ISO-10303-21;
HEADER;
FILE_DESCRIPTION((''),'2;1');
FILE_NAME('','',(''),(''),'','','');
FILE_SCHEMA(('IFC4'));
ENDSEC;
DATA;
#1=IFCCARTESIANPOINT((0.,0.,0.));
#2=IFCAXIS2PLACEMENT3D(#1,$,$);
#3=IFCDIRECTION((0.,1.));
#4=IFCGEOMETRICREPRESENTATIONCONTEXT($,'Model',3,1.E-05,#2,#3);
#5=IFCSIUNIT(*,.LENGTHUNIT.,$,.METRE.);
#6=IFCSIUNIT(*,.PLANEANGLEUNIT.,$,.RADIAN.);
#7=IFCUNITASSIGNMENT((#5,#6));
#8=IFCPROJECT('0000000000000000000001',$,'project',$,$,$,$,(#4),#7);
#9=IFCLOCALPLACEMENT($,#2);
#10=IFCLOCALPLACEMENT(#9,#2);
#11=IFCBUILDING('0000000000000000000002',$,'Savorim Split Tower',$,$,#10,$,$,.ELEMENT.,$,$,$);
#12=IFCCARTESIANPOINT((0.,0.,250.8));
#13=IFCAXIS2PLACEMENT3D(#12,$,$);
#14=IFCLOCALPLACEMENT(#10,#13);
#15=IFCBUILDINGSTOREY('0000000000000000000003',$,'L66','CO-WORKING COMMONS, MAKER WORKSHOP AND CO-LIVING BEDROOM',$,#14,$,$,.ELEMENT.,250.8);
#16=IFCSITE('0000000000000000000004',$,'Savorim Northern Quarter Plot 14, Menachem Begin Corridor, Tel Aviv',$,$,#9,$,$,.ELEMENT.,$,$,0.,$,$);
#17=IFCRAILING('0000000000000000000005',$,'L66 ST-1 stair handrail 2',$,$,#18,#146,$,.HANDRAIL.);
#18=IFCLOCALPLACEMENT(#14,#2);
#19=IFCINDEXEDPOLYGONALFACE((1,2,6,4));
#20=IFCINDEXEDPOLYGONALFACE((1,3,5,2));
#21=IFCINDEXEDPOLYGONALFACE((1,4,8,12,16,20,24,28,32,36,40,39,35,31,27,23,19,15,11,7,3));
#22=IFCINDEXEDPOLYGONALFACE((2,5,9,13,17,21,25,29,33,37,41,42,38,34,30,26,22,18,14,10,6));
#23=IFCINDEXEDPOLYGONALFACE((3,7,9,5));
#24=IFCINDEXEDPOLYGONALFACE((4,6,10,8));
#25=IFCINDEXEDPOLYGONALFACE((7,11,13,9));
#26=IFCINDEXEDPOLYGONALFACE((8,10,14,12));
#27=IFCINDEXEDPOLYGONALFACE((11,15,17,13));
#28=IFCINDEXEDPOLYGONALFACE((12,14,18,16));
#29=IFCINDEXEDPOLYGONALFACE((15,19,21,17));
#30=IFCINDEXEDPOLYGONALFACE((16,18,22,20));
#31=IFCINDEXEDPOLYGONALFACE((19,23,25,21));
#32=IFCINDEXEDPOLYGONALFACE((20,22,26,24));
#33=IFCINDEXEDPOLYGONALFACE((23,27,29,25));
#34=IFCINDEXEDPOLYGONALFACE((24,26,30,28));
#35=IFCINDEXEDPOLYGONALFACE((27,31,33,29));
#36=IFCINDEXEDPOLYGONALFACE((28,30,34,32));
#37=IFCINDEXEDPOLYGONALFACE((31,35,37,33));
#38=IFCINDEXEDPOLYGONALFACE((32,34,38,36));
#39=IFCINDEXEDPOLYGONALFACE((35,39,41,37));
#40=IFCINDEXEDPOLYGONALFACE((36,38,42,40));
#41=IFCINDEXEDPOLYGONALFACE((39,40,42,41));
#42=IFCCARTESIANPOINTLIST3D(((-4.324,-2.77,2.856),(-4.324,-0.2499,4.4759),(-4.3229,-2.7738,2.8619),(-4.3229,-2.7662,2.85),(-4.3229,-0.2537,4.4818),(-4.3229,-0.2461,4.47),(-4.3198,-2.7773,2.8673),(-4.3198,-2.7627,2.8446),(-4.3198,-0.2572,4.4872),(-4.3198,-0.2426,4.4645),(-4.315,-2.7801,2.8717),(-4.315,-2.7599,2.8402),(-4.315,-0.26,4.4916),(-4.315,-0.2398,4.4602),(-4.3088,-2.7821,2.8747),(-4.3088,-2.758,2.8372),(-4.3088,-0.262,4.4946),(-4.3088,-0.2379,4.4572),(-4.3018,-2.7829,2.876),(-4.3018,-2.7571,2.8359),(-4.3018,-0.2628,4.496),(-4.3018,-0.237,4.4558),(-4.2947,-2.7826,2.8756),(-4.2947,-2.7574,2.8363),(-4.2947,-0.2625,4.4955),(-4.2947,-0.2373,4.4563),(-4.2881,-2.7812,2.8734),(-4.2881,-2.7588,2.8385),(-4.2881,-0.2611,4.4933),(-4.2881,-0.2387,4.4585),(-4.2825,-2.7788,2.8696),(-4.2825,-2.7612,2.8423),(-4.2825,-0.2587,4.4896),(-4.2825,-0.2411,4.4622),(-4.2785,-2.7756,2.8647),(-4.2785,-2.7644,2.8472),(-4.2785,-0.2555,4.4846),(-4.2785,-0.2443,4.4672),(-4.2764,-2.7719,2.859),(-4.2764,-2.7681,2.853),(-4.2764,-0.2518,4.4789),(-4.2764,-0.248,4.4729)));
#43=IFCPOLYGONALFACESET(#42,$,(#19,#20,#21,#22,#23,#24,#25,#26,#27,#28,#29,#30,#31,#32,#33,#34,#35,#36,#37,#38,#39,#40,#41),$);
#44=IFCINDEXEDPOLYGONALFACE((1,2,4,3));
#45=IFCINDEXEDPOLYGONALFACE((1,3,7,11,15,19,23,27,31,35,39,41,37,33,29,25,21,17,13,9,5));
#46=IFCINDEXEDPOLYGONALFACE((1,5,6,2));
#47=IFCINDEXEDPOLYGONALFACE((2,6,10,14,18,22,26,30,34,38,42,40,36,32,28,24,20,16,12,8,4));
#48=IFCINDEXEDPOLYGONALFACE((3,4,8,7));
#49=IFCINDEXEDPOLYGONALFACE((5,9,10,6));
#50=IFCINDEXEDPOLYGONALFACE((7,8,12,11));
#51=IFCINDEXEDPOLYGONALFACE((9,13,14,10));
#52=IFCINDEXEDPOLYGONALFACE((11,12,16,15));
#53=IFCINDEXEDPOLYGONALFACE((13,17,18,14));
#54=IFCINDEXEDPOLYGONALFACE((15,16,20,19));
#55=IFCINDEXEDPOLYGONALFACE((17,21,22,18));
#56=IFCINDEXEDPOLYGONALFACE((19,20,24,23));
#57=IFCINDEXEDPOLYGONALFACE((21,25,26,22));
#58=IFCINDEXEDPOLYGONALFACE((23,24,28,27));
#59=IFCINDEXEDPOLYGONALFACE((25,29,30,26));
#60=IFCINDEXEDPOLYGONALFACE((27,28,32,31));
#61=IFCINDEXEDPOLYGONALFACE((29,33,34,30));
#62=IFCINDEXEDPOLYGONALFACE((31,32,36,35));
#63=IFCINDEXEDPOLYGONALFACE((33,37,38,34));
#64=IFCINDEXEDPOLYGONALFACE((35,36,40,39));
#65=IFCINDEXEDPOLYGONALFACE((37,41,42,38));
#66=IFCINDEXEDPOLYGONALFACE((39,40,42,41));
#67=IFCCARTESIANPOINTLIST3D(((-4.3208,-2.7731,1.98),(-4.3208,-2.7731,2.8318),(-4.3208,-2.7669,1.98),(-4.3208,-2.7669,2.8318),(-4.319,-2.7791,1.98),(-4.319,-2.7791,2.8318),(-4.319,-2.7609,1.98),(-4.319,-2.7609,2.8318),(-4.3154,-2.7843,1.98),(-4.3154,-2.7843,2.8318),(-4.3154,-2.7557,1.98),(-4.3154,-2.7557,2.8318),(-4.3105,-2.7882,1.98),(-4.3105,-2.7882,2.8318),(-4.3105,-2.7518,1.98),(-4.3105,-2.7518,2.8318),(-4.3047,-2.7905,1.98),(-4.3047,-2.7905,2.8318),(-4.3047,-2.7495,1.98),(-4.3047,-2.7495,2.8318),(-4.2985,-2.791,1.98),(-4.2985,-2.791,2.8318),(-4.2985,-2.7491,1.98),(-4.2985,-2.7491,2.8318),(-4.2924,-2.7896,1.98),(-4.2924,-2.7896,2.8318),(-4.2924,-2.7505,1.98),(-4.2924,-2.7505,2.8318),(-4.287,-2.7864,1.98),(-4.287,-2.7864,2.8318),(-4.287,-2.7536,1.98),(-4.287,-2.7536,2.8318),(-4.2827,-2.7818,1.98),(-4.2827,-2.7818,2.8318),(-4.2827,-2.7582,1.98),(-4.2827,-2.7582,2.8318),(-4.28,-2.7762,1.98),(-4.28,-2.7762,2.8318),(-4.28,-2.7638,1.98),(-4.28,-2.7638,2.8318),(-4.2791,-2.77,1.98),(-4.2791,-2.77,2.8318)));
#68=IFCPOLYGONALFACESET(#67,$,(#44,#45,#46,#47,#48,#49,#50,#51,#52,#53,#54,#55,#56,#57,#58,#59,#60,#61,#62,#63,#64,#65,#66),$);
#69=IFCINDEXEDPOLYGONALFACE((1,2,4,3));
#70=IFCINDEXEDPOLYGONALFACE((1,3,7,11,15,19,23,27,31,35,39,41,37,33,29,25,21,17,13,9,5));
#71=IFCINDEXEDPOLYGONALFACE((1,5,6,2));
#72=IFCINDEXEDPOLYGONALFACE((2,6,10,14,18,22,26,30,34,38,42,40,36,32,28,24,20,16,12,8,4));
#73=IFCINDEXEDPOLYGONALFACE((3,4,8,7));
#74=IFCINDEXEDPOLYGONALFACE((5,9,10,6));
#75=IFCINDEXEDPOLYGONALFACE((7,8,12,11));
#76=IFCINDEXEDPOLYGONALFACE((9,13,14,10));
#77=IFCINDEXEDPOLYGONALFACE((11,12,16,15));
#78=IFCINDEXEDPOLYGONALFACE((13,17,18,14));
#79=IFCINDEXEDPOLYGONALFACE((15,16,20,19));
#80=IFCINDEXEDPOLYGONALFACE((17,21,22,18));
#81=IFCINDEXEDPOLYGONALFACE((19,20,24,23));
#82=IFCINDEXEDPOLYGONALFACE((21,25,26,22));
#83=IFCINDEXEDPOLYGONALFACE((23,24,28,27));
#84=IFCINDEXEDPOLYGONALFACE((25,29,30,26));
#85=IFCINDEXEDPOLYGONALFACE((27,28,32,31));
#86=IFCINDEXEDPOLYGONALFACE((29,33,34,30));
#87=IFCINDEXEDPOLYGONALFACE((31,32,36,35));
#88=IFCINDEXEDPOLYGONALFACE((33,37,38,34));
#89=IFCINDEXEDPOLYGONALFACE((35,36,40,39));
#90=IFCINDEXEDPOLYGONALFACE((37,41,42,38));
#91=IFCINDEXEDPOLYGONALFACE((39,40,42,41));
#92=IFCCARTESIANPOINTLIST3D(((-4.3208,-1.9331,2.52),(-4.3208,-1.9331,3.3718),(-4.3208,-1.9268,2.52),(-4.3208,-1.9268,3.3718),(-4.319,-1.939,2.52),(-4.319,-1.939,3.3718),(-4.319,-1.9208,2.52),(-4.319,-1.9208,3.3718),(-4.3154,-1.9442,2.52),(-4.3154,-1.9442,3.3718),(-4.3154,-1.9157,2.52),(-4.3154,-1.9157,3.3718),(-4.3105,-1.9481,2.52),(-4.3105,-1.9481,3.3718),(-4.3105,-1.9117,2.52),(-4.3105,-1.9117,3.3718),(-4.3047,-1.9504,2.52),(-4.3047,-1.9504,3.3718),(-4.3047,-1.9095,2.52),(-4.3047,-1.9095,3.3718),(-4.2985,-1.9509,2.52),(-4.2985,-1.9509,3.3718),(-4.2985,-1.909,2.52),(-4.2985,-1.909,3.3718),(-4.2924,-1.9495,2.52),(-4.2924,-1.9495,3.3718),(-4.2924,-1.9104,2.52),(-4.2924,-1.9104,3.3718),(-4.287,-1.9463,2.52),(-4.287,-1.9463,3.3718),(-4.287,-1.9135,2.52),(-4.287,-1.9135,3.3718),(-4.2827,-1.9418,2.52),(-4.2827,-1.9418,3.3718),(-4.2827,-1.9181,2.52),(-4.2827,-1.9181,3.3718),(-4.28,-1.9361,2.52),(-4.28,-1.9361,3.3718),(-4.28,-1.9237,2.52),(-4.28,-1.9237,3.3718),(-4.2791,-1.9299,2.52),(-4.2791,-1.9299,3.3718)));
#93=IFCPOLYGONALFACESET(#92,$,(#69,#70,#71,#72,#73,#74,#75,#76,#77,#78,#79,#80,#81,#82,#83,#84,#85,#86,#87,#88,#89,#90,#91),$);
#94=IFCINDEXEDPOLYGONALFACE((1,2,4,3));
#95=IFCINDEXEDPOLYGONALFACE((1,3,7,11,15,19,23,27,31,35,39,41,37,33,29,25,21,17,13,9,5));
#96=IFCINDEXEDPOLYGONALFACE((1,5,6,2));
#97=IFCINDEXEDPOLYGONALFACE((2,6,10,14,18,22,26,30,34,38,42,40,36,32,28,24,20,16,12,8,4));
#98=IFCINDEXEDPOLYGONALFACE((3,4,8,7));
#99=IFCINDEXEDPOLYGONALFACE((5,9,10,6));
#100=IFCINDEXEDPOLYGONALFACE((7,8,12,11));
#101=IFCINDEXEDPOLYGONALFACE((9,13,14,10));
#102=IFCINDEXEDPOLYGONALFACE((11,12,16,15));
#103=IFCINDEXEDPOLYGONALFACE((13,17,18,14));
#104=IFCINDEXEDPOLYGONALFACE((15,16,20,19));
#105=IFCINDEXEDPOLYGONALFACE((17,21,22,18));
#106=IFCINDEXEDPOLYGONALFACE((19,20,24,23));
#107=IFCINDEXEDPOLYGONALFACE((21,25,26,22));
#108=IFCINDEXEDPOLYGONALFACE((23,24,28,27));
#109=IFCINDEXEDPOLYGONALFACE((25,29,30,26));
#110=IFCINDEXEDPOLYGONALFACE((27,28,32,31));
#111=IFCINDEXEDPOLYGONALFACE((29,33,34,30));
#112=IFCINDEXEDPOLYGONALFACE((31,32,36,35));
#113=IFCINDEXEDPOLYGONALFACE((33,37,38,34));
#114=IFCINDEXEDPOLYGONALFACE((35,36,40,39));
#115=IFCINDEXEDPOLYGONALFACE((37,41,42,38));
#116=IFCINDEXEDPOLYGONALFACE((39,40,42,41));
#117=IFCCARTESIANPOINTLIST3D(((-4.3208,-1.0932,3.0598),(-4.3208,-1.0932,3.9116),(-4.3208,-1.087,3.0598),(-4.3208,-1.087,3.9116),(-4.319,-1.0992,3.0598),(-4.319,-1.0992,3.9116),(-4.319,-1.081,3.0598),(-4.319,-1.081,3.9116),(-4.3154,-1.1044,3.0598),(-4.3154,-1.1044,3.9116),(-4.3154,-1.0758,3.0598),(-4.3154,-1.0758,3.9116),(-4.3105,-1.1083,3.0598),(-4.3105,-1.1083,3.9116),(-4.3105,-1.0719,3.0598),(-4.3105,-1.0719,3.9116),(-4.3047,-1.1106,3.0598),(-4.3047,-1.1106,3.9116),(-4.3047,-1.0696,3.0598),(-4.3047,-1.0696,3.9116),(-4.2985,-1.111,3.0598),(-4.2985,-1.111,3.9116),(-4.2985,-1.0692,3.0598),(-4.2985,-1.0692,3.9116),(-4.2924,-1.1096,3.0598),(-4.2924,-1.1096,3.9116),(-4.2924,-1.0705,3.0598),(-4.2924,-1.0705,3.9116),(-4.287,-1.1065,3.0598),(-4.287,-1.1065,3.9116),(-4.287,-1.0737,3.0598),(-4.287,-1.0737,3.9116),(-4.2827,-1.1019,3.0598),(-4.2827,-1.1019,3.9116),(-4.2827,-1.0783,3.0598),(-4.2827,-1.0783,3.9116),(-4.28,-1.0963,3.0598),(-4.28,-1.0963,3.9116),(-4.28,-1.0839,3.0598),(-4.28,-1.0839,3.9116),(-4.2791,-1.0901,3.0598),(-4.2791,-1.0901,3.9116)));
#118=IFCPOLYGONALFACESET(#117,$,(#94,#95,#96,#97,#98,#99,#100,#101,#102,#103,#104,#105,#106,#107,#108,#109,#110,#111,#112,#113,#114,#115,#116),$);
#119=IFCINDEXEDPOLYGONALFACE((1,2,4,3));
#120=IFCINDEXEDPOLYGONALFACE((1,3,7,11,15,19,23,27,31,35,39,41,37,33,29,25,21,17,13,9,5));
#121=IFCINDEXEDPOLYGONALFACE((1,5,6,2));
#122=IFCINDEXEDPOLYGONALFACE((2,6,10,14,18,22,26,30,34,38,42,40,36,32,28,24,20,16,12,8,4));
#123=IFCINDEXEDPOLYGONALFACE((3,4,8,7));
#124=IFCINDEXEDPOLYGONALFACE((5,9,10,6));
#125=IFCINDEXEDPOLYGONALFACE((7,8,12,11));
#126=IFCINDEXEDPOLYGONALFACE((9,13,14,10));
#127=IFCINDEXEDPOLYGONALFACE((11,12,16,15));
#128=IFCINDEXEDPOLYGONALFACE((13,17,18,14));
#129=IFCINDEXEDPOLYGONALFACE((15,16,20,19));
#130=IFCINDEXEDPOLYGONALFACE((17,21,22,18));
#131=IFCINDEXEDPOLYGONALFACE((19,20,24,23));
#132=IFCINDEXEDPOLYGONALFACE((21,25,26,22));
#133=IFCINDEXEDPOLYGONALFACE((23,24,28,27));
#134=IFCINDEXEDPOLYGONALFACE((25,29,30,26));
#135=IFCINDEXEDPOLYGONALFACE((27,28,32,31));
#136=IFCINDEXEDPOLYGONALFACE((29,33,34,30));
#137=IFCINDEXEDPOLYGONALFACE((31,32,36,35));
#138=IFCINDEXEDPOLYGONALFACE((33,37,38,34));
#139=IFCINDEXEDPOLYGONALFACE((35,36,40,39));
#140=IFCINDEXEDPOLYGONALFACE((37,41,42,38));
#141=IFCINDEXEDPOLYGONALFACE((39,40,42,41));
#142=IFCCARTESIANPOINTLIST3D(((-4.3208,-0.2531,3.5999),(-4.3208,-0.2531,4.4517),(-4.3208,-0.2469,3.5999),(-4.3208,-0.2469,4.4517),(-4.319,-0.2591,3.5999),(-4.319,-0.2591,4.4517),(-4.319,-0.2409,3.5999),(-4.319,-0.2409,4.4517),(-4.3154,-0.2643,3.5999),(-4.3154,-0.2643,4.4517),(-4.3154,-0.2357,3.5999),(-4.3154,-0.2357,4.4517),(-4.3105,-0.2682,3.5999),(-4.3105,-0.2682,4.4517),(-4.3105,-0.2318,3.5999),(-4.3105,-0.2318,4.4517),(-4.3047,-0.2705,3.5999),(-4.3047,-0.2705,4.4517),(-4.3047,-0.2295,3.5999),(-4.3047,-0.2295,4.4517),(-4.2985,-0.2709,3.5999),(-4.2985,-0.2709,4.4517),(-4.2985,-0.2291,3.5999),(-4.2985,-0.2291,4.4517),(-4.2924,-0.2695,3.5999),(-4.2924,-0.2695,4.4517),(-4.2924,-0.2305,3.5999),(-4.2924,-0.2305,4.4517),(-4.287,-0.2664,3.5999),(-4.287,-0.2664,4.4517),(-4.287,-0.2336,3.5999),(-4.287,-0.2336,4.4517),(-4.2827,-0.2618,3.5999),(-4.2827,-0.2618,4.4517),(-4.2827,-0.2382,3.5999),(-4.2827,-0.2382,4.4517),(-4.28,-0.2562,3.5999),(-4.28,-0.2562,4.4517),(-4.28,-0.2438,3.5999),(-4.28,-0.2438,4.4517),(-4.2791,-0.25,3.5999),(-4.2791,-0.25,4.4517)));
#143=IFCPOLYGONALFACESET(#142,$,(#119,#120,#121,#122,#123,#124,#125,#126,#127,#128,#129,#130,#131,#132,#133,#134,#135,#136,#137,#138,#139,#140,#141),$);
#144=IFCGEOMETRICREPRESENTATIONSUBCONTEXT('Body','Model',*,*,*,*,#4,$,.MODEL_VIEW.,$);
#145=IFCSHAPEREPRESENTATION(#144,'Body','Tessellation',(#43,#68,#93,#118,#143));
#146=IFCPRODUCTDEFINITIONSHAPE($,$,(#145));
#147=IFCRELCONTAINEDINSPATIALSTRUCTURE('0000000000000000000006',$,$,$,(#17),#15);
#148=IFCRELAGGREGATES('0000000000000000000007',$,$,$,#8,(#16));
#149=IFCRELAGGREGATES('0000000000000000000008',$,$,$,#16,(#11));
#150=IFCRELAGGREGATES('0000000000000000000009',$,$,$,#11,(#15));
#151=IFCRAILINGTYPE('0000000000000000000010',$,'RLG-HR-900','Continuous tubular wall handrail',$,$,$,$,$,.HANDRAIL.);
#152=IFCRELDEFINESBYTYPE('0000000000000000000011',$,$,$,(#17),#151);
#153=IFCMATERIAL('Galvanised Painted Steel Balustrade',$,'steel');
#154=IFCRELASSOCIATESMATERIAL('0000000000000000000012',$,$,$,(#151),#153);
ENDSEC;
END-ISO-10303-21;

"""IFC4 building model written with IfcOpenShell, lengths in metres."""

from ifc_helpers import new_model, si_unit, direction, frame, origin, origin_2d, place, context, subcontext, project, spatial, circle, extrude, material, type_object, element, save


model = new_model("IFC4")

# Units and contexts
model_context = context("Model", 3, precision=1e-05, world=origin(), true_north=direction((0.0, 1.0)))
body_context = subcontext(model_context, "Body", "Model", "MODEL_VIEW")
ifc_project = project(units=[si_unit("LENGTHUNIT", "METRE"), si_unit("PLANEANGLEUNIT", "RADIAN")], contexts=[model_context])

# Site, building, storey
site_placement = place(None, origin())
site = spatial("IfcSite", under=ifc_project, at=site_placement, Name="Savorim Northern Quarter Plot 14, Menachem Begin Corridor, Tel Aviv", CompositionType="ELEMENT", RefElevation=0.0)
building_placement = place(site_placement, origin())
building = spatial("IfcBuilding", under=site, at=building_placement, Name="Savorim Split Tower", CompositionType="ELEMENT")
storey_placement = place(building_placement, frame((0.0, 0.0, 250.8)))
storey = spatial("IfcBuildingStorey", under=building, at=storey_placement, Name="L66", Description="CO-WORKING COMMONS, MAKER WORKSHOP AND CO-LIVING BEDROOM", CompositionType="ELEMENT", Elevation=250.8)

# Railing
ifc_material_1 = material(Name="Galvanised Painted Steel Balustrade", Category="steel")
railing_type_1 = type_object("IfcRailingType", Name="RLG-HR-900", Description="Continuous tubular wall handrail", PredefinedType="HANDRAIL", material=ifc_material_1)
railing_1_placement = place(storey_placement, frame((-4.3, -2.77, 1.98)))
element("IfcRailing", 1, at=railing_1_placement, inside=storey, type_object=railing_type_1, Name="L66 ST-1 stair handrail 2", PredefinedType="HANDRAIL", context=body_context, shape_type="SweptSolid", body=[
    extrude(circle(Radius=0.0239, at=origin_2d()), frame((0.0, 0.0, 0.876), z_axis=(0.0, 0.8412, 0.540725), x_axis=(-1.0, 0.0, 0.0)), (0.0, 0.0, 1.0), 2.9958),
    extrude(circle(Radius=0.021, at=origin_2d()), origin(), (0.0, 0.0, 1.0), 0.8518),
    extrude(circle(Radius=0.021, at=origin_2d()), frame((0.0, 0.8401, 0.54)), (0.0, 0.0, 1.0), 0.8518),
    extrude(circle(Radius=0.021, at=origin_2d()), frame((0.0, 1.6799, 1.0798)), (0.0, 0.0, 1.0), 0.8518),
    extrude(circle(Radius=0.021, at=origin_2d()), frame((0.0, 2.52, 1.6199)), (0.0, 0.0, 1.0), 0.8518),
])

save(model, "model.ifc")
